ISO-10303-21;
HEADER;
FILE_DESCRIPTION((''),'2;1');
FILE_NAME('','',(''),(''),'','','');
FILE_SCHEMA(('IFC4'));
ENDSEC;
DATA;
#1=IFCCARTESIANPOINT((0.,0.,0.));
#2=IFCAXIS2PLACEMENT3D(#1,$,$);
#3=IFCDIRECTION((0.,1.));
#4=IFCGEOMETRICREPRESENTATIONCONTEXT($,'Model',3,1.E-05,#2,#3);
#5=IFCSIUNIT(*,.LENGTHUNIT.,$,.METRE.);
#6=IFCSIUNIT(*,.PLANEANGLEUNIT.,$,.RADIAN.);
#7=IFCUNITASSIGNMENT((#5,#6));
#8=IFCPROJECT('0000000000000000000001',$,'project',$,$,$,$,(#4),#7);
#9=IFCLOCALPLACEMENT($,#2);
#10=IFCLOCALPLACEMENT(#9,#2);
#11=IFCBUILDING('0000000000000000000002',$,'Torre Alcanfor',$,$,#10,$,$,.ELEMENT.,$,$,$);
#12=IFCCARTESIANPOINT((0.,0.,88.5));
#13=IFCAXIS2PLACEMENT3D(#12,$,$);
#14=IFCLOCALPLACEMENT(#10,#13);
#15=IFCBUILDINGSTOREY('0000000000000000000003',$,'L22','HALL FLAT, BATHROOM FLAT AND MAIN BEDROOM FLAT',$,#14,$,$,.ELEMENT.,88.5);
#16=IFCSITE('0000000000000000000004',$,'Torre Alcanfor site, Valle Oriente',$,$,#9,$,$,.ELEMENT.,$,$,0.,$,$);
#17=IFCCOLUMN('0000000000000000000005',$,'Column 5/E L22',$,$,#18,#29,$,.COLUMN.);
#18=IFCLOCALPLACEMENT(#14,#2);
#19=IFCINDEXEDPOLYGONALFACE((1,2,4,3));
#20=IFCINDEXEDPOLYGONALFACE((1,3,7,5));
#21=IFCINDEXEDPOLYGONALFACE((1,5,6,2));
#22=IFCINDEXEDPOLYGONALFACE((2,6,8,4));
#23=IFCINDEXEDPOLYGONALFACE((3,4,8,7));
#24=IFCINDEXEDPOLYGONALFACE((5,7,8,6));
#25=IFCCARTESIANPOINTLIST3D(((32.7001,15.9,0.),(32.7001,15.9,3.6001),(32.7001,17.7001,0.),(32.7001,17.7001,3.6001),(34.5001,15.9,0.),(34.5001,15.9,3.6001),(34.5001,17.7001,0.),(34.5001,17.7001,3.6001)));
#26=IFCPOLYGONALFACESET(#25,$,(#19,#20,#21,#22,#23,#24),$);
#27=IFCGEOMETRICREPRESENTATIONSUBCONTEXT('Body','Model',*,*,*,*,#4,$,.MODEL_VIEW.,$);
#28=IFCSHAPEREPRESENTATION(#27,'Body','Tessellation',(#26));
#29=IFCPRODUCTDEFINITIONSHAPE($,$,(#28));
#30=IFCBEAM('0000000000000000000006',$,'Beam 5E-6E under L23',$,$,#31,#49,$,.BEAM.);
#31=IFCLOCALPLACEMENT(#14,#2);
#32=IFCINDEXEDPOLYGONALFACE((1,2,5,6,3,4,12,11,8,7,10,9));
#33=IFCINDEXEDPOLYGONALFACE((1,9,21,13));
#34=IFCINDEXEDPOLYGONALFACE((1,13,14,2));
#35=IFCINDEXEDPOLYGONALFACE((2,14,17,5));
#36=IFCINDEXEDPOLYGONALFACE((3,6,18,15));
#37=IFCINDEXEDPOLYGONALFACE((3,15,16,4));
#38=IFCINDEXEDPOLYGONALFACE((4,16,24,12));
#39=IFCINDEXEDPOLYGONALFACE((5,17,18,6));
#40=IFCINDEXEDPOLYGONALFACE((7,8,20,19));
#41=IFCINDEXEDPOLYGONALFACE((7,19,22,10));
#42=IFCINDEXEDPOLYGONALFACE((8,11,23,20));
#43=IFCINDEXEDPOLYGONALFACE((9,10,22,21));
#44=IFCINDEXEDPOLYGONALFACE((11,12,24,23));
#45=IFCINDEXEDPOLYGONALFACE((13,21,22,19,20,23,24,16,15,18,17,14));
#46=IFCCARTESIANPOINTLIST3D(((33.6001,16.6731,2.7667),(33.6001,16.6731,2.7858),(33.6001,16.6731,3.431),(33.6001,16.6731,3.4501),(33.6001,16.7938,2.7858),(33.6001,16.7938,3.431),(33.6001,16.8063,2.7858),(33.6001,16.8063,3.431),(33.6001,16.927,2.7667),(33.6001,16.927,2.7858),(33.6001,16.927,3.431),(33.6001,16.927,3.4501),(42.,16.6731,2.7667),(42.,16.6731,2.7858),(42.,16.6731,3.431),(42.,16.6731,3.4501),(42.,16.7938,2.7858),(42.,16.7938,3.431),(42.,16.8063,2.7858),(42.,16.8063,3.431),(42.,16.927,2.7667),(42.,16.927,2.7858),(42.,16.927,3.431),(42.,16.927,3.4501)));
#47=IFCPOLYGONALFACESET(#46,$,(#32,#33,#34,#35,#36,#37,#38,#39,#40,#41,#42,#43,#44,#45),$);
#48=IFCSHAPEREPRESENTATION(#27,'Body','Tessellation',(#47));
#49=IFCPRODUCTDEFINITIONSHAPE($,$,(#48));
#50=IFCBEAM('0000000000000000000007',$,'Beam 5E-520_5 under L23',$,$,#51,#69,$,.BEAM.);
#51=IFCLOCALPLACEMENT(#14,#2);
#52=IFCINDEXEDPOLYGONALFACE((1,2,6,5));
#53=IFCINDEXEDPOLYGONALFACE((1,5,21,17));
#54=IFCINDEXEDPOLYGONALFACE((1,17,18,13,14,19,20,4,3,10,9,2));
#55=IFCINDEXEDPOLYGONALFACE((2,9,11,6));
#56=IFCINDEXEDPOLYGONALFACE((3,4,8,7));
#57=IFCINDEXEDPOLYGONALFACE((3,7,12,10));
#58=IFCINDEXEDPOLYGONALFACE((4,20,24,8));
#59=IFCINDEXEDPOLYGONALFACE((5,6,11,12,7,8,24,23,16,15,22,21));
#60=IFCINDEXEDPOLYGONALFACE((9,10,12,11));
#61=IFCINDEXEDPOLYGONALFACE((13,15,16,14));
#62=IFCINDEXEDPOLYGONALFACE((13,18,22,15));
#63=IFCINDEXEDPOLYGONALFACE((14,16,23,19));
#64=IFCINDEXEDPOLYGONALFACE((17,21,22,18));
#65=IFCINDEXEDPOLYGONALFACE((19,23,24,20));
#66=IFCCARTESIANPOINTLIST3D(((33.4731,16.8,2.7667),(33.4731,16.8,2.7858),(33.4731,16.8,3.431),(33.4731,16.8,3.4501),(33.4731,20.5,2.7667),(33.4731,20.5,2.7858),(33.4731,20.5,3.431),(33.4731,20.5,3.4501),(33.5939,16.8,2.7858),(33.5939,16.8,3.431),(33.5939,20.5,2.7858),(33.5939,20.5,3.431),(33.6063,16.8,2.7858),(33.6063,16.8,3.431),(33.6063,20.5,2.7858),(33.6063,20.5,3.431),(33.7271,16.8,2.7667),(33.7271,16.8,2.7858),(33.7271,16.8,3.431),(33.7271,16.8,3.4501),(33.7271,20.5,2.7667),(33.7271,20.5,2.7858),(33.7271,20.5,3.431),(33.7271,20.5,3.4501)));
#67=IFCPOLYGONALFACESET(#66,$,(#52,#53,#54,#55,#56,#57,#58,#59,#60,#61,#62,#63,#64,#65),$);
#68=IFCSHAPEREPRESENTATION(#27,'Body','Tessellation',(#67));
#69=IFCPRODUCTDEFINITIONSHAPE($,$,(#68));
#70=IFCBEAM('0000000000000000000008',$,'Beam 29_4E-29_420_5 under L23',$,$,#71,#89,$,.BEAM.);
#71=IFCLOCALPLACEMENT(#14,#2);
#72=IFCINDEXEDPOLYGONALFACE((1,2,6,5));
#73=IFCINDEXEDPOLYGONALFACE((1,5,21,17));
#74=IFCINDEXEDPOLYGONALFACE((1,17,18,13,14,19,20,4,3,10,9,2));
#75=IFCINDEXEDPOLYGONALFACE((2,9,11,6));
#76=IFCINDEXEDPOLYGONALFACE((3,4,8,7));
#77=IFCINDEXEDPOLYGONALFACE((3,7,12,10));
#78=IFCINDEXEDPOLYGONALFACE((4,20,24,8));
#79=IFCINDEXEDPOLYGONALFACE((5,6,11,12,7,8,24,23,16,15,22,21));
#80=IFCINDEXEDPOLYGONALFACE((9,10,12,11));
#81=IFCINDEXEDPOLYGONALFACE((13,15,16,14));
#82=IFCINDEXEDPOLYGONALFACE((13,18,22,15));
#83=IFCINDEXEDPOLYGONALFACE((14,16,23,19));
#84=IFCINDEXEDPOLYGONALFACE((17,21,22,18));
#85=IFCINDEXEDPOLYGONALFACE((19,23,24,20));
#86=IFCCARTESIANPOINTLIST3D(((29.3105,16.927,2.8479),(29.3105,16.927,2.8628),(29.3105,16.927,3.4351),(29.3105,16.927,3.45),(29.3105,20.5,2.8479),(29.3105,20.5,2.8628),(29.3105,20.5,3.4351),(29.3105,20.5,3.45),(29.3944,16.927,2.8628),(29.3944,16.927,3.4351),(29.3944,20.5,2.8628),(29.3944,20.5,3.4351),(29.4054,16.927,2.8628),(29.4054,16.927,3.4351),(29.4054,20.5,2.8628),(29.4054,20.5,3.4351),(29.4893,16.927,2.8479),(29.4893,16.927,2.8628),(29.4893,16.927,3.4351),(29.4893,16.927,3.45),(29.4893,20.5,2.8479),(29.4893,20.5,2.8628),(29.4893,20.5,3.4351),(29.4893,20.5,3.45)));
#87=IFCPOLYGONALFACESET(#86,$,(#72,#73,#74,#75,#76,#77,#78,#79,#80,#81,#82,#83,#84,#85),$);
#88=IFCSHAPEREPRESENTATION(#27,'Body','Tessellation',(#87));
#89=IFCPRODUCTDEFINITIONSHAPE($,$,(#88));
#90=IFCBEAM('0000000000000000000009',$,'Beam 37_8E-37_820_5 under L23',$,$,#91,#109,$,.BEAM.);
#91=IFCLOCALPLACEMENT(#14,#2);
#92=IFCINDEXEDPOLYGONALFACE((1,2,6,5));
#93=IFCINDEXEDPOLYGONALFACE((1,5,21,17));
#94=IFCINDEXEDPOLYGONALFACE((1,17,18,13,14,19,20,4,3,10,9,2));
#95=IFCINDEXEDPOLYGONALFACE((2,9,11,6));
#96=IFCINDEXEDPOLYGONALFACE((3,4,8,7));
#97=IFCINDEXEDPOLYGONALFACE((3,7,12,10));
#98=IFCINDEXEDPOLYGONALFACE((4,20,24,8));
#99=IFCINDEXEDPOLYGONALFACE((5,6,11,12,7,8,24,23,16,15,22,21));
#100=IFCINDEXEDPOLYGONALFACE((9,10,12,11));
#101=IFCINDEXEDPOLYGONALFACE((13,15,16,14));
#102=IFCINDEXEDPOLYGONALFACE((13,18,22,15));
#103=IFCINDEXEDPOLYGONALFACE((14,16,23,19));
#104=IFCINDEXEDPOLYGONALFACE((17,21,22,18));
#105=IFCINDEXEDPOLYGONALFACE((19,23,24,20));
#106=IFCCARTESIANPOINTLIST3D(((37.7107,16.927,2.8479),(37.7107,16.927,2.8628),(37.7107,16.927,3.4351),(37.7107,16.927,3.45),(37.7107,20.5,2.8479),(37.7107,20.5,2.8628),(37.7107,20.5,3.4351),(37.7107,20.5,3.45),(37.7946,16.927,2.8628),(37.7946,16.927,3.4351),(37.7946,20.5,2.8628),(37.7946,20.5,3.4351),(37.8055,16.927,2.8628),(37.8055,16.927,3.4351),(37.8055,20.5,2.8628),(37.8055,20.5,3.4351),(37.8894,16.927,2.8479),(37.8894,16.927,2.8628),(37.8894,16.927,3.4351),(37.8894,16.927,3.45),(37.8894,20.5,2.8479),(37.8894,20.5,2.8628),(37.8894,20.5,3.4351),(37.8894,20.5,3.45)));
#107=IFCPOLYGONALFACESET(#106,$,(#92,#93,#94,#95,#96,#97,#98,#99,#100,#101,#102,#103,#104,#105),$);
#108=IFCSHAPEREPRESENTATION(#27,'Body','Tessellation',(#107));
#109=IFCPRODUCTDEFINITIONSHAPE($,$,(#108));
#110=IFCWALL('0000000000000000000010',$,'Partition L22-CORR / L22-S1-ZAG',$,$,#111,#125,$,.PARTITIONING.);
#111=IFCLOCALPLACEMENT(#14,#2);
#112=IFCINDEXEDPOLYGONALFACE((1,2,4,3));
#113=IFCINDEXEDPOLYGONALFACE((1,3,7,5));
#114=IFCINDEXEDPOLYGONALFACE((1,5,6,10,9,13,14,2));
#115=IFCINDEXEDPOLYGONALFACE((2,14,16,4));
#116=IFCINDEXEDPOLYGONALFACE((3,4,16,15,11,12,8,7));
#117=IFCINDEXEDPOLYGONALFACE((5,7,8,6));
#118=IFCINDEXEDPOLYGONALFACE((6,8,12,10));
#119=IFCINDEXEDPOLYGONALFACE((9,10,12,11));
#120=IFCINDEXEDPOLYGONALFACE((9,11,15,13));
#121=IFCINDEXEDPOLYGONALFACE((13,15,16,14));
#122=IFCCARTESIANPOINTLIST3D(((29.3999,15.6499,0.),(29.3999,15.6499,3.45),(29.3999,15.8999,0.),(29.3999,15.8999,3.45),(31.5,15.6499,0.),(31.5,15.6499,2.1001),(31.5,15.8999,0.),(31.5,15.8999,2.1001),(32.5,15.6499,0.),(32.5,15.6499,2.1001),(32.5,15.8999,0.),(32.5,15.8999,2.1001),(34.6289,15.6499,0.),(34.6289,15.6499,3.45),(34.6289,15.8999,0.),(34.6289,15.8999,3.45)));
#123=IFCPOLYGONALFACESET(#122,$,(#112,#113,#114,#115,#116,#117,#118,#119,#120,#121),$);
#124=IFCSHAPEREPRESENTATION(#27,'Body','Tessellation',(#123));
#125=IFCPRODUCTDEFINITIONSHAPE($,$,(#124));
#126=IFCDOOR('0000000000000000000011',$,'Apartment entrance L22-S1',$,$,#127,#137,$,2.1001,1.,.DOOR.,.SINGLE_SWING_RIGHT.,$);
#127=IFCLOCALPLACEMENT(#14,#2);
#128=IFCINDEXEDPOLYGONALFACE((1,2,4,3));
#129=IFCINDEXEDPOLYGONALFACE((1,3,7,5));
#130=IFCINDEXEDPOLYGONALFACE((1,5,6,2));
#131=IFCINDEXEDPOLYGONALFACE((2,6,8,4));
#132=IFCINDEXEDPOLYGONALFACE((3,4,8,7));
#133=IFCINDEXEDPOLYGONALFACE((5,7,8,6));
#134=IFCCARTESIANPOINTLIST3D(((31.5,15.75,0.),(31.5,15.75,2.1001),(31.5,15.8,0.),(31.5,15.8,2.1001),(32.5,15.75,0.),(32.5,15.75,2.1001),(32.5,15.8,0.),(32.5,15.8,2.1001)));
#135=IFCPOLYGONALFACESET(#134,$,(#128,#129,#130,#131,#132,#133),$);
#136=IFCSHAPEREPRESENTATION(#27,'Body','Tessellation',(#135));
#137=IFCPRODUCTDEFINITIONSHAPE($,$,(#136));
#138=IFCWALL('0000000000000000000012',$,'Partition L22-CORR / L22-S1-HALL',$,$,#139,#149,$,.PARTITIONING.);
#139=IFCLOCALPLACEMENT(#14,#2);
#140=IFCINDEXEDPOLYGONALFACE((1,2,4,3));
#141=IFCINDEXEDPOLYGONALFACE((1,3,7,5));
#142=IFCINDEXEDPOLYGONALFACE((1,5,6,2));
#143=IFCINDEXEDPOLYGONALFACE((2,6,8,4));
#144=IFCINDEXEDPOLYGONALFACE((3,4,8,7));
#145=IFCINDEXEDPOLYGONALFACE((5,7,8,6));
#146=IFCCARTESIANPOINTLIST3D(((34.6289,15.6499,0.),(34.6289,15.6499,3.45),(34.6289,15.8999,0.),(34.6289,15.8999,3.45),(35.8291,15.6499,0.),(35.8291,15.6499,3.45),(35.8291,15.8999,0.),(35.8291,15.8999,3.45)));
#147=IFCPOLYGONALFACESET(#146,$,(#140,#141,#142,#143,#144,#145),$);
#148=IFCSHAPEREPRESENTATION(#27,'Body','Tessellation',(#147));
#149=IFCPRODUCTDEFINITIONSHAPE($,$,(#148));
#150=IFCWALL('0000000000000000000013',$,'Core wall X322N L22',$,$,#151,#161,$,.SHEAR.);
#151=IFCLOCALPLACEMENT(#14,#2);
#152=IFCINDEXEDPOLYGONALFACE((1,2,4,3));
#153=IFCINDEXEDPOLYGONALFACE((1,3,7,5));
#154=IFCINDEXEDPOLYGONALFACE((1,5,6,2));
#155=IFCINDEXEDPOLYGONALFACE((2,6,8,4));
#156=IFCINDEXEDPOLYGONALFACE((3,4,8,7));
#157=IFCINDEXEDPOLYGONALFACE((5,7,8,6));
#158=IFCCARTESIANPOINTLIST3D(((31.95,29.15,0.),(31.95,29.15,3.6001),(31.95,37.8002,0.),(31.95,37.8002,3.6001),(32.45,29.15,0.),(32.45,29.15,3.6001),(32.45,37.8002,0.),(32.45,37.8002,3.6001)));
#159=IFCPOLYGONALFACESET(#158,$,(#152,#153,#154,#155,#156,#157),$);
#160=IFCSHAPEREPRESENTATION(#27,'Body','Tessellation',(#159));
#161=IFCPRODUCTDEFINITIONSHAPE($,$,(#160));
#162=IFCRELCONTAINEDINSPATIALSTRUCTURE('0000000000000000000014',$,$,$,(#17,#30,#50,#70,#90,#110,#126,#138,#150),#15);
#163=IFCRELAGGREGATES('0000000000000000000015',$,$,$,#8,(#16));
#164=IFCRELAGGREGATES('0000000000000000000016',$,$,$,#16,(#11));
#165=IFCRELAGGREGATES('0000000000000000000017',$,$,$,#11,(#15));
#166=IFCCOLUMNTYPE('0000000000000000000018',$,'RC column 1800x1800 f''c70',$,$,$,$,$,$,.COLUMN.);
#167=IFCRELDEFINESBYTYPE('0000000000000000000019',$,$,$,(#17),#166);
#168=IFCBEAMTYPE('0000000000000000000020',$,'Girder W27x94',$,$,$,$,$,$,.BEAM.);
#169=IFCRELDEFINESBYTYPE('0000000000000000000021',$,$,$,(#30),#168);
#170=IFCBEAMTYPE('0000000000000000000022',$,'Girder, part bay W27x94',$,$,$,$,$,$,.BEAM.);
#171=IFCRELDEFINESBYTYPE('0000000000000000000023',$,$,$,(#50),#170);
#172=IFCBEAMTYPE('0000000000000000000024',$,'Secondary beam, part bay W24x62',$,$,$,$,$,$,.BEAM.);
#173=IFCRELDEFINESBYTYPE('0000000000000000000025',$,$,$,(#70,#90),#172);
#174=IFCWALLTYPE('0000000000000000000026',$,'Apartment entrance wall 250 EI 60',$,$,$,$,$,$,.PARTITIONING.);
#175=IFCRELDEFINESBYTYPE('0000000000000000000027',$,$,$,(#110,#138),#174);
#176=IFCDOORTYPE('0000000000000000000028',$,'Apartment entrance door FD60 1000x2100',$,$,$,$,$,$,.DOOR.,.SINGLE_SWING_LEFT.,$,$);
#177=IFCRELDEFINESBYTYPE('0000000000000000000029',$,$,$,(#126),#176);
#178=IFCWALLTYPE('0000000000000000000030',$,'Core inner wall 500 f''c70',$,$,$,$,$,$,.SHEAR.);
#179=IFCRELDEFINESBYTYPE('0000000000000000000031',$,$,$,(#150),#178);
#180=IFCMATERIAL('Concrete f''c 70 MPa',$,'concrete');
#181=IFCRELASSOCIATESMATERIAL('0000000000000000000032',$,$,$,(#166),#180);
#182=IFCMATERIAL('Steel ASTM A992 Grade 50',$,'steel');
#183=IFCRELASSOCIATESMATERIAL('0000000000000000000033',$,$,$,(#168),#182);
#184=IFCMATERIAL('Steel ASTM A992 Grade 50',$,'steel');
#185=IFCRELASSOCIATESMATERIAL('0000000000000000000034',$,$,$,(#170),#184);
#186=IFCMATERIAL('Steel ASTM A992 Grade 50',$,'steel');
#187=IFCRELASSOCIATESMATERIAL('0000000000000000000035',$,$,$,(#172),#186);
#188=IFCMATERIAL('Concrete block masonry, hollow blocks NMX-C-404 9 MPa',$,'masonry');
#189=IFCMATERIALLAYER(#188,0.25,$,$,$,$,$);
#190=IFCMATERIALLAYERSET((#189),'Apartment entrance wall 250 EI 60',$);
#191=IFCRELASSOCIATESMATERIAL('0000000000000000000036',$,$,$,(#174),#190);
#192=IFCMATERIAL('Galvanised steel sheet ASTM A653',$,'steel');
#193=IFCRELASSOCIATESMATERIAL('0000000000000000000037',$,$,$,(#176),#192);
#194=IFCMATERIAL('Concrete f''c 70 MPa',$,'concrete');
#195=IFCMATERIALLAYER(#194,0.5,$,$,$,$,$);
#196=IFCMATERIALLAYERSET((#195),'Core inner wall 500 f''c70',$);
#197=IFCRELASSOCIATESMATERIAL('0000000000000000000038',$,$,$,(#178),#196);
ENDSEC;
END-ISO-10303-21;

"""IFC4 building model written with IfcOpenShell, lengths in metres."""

from ifc_helpers import new_model, si_unit, direction, frame, frame_2d, origin, origin_2d, place, context, subcontext, project, spatial, rectangle, i_section, extrude, material, layer, layer_set, material_profile, profile_set, type_object, element, fill, save


model = new_model("IFC4")

# Units and contexts
model_context = context("Model", 3, precision=1e-05, world=origin(), true_north=direction((0.0, 1.0)))
body_context = subcontext(model_context, "Body", "Model", "MODEL_VIEW")
ifc_project = project(units=[si_unit("LENGTHUNIT", "METRE"), si_unit("PLANEANGLEUNIT", "RADIAN")], contexts=[model_context])

# Site, building, storey
site_placement = place(None, origin())
site = spatial("IfcSite", under=ifc_project, at=site_placement, Name="Torre Alcanfor site, Valle Oriente", CompositionType="ELEMENT", RefElevation=0.0)
building_placement = place(site_placement, origin())
building = spatial("IfcBuilding", under=site, at=building_placement, Name="Torre Alcanfor", CompositionType="ELEMENT")
storey_placement = place(building_placement, frame((0.0, 0.0, 88.5)))
storey = spatial("IfcBuildingStorey", under=building, at=storey_placement, Name="L22", Description="HALL FLAT, BATHROOM FLAT AND MAIN BEDROOM FLAT", CompositionType="ELEMENT", Elevation=88.5)

# Column
ifc_material_1 = material(Name="Concrete f'c 70 MPa", Category="concrete")
ifc_material_profile_1 = material_profile(ifc_material_1, rectangle(XDim=1.8, YDim=1.8, at=origin_2d()), Name="1800x1800")
ifc_profile_set_1 = profile_set([ifc_material_profile_1], Name="Concrete f'c 70 MPa")
column_type = type_object("IfcColumnType", Name="RC column 1800x1800 f'c70", PredefinedType="COLUMN", material=ifc_profile_set_1)
column_placement = place(storey_placement, frame((33.6001, 16.8, 0.0), z_axis=(0.0, 0.0, 1.0), x_axis=(1.0, 0.0, 0.0)))
element("IfcColumn", 1, at=column_placement, inside=storey, type_object=column_type, Name="Column 5/E L22", PredefinedType="COLUMN", context=body_context, shape_type="SweptSolid", body=[
    extrude(rectangle(XDim=1.8, YDim=1.8, at=origin_2d()), origin(), (0.0, 0.0, 1.0), 3.6001),
])

# Beams
ifc_material_2 = material(Name="Steel ASTM A992 Grade 50", Category="steel")
ifc_material_profile_2 = material_profile(ifc_material_2, i_section(OverallWidth=0.2539, OverallDepth=0.6833, WebThickness=0.0125, FlangeThickness=0.019, at=origin_2d()), Name="W27x94")
ifc_profile_set_2 = profile_set([ifc_material_profile_2], Name="Steel ASTM A992 Grade 50")
beam_type_1 = type_object("IfcBeamType", Name="Girder W27x94", PredefinedType="BEAM", material=ifc_profile_set_2)
beam_1_placement = place(storey_placement, frame((33.6001, 16.8, 3.1084), z_axis=(1.0, 0.0, 0.0), x_axis=(0.0, 1.0, 0.0)))
element("IfcBeam", 2, at=beam_1_placement, inside=storey, type_object=beam_type_1, Name="Beam 5E-6E under L23", PredefinedType="BEAM", context=body_context, shape_type="SweptSolid", body=[
    extrude(i_section(OverallWidth=0.2539, OverallDepth=0.6833, WebThickness=0.0125, FlangeThickness=0.019, at=origin_2d()), origin(), (0.0, 0.0, 1.0), 8.3999),
])
ifc_material_3 = material(Name="Steel ASTM A992 Grade 50", Category="steel")
ifc_material_profile_3 = material_profile(ifc_material_3, i_section(OverallWidth=0.2539, OverallDepth=0.6833, WebThickness=0.0125, FlangeThickness=0.019, at=origin_2d()), Name="W27x94")
ifc_profile_set_3 = profile_set([ifc_material_profile_3], Name="Steel ASTM A992 Grade 50")
beam_type_2 = type_object("IfcBeamType", Name="Girder, part bay W27x94", PredefinedType="BEAM", material=ifc_profile_set_3)
beam_2_placement = place(storey_placement, frame((33.6001, 16.8, 3.1084), z_axis=(0.0, 1.0, 0.0), x_axis=(-1.0, 0.0, 0.0)))
element("IfcBeam", 3, at=beam_2_placement, inside=storey, type_object=beam_type_2, Name="Beam 5E-520_5 under L23", PredefinedType="BEAM", context=body_context, shape_type="SweptSolid", body=[
    extrude(i_section(OverallWidth=0.2539, OverallDepth=0.6833, WebThickness=0.0125, FlangeThickness=0.019, at=origin_2d()), origin(), (0.0, 0.0, 1.0), 3.7),
])
ifc_material_4 = material(Name="Steel ASTM A992 Grade 50", Category="steel")
ifc_material_profile_4 = material_profile(ifc_material_4, i_section(OverallWidth=0.1787, OverallDepth=0.6021, WebThickness=0.011, FlangeThickness=0.0149, at=origin_2d()), Name="W24x62")
ifc_profile_set_4 = profile_set([ifc_material_profile_4], Name="Steel ASTM A992 Grade 50")
beam_type_3 = type_object("IfcBeamType", Name="Secondary beam, part bay W24x62", PredefinedType="BEAM", material=ifc_profile_set_4)
for number, where, z_axis, x_axis, name in (
    (4, (29.3999, 16.927, 3.1489), (0.0, 1.0, 0.0), (-1.0, 0.0, 0.0), "Beam 29_4E-29_420_5 under L23"),
    (5, (37.8, 16.927, 3.1489), (0.0, 1.0, 0.0), (-1.0, 0.0, 0.0), "Beam 37_8E-37_820_5 under L23"),
):
    element("IfcBeam", number, at=place(storey_placement, frame(where, z_axis=z_axis, x_axis=x_axis)), inside=storey, type_object=beam_type_3, Name=name, PredefinedType="BEAM", context=body_context, shape_type="SweptSolid", body=[
        extrude(i_section(OverallWidth=0.1787, OverallDepth=0.6021, WebThickness=0.011, FlangeThickness=0.0149, at=origin_2d()), origin(), (0.0, 0.0, 1.0), 3.573),
    ])

# Wall, opening, door
ifc_material_5 = material(Name="Concrete block masonry, hollow blocks NMX-C-404 9 MPa", Category="masonry")
ifc_layer_1 = layer(ifc_material_5, 0.25)
ifc_layer_set_1 = layer_set([ifc_layer_1], Name="Apartment entrance wall 250 EI 60")
wall_type_1 = type_object("IfcWallType", Name="Apartment entrance wall 250 EI 60", PredefinedType="PARTITIONING", material=ifc_layer_set_1)
wall_1_placement = place(storey_placement, frame((34.6289, 15.7749, 0.0), z_axis=(0.0, 0.0, 1.0), x_axis=(-1.0, 0.0, 0.0)))
wall_1 = element("IfcWall", 6, at=wall_1_placement, inside=storey, type_object=wall_type_1, Name="Partition L22-CORR / L22-S1-ZAG", PredefinedType="PARTITIONING", context=body_context, shape_type="SweptSolid", body=[
    extrude(rectangle(XDim=5.229, YDim=0.25, at=frame_2d((2.6145, 0.0))), origin(), (0.0, 0.0, 1.0), 3.45),
])
opening_1_placement = place(wall_1_placement, frame((2.1289, 0.0, 0.0)))
opening_1 = element("IfcOpeningElement", 7, at=opening_1_placement, cuts=wall_1, PredefinedType="OPENING", context=body_context, shape_type="SweptSolid", body=[
    extrude(rectangle(XDim=1.0, YDim=2.1001, at=frame_2d((0.5, 1.05))), frame((0.0, 0.135, 0.0), z_axis=(0.0, -1.0, 0.0), x_axis=(1.0, 0.0, 0.0)), (0.0, 0.0, 1.0), 0.27),
])
ifc_material_6 = material(Name="Galvanised steel sheet ASTM A653", Category="steel")
door_type_1 = type_object("IfcDoorType", Name="Apartment entrance door FD60 1000x2100", OperationType="SINGLE_SWING_LEFT", PredefinedType="DOOR", material=ifc_material_6)
door_1_placement = place(opening_1_placement, origin())
door_1 = element("IfcDoor", 8, at=door_1_placement, inside=storey, type_object=door_type_1, Name="Apartment entrance L22-S1", OperationType="SINGLE_SWING_RIGHT", OverallHeight=2.1001, OverallWidth=1.0, PredefinedType="DOOR", context=body_context, shape_type="SweptSolid", body=[
    extrude(rectangle(XDim=1.0, YDim=2.1001, at=frame_2d((0.5, 1.05))), frame((0.0, 0.0249, 0.0), z_axis=(0.0, -1.0, 0.0), x_axis=(1.0, 0.0, 0.0)), (0.0, 0.0, 1.0), 0.05),
])
fill(opening_1, door_1)

# Walls
wall_2_placement = place(storey_placement, frame((35.8291, 15.7749, 0.0), z_axis=(0.0, 0.0, 1.0), x_axis=(-1.0, 0.0, 0.0)))
element("IfcWall", 9, at=wall_2_placement, inside=storey, type_object=wall_type_1, Name="Partition L22-CORR / L22-S1-HALL", PredefinedType="PARTITIONING", context=body_context, shape_type="SweptSolid", body=[
    extrude(rectangle(XDim=1.2002, YDim=0.25, at=frame_2d((0.6001, 0.0))), origin(), (0.0, 0.0, 1.0), 3.45),
])
ifc_material_7 = material(Name="Concrete f'c 70 MPa", Category="concrete")
ifc_layer_2 = layer(ifc_material_7, 0.5)
ifc_layer_set_2 = layer_set([ifc_layer_2], Name="Core inner wall 500 f'c70")
wall_type_2 = type_object("IfcWallType", Name="Core inner wall 500 f'c70", PredefinedType="SHEAR", material=ifc_layer_set_2)
wall_3_placement = place(storey_placement, frame((32.2, 29.1499, 0.0), z_axis=(0.0, 0.0, 1.0), x_axis=(0.0, 1.0, 0.0)))
element("IfcWall", 10, at=wall_3_placement, inside=storey, type_object=wall_type_2, Name="Core wall X322N L22", PredefinedType="SHEAR", context=body_context, shape_type="SweptSolid", body=[
    extrude(rectangle(XDim=8.6501, YDim=0.5, at=frame_2d((4.3252, 0.0))), origin(), (0.0, 0.0, 1.0), 3.6001),
])

save(model, "model.ifc")
